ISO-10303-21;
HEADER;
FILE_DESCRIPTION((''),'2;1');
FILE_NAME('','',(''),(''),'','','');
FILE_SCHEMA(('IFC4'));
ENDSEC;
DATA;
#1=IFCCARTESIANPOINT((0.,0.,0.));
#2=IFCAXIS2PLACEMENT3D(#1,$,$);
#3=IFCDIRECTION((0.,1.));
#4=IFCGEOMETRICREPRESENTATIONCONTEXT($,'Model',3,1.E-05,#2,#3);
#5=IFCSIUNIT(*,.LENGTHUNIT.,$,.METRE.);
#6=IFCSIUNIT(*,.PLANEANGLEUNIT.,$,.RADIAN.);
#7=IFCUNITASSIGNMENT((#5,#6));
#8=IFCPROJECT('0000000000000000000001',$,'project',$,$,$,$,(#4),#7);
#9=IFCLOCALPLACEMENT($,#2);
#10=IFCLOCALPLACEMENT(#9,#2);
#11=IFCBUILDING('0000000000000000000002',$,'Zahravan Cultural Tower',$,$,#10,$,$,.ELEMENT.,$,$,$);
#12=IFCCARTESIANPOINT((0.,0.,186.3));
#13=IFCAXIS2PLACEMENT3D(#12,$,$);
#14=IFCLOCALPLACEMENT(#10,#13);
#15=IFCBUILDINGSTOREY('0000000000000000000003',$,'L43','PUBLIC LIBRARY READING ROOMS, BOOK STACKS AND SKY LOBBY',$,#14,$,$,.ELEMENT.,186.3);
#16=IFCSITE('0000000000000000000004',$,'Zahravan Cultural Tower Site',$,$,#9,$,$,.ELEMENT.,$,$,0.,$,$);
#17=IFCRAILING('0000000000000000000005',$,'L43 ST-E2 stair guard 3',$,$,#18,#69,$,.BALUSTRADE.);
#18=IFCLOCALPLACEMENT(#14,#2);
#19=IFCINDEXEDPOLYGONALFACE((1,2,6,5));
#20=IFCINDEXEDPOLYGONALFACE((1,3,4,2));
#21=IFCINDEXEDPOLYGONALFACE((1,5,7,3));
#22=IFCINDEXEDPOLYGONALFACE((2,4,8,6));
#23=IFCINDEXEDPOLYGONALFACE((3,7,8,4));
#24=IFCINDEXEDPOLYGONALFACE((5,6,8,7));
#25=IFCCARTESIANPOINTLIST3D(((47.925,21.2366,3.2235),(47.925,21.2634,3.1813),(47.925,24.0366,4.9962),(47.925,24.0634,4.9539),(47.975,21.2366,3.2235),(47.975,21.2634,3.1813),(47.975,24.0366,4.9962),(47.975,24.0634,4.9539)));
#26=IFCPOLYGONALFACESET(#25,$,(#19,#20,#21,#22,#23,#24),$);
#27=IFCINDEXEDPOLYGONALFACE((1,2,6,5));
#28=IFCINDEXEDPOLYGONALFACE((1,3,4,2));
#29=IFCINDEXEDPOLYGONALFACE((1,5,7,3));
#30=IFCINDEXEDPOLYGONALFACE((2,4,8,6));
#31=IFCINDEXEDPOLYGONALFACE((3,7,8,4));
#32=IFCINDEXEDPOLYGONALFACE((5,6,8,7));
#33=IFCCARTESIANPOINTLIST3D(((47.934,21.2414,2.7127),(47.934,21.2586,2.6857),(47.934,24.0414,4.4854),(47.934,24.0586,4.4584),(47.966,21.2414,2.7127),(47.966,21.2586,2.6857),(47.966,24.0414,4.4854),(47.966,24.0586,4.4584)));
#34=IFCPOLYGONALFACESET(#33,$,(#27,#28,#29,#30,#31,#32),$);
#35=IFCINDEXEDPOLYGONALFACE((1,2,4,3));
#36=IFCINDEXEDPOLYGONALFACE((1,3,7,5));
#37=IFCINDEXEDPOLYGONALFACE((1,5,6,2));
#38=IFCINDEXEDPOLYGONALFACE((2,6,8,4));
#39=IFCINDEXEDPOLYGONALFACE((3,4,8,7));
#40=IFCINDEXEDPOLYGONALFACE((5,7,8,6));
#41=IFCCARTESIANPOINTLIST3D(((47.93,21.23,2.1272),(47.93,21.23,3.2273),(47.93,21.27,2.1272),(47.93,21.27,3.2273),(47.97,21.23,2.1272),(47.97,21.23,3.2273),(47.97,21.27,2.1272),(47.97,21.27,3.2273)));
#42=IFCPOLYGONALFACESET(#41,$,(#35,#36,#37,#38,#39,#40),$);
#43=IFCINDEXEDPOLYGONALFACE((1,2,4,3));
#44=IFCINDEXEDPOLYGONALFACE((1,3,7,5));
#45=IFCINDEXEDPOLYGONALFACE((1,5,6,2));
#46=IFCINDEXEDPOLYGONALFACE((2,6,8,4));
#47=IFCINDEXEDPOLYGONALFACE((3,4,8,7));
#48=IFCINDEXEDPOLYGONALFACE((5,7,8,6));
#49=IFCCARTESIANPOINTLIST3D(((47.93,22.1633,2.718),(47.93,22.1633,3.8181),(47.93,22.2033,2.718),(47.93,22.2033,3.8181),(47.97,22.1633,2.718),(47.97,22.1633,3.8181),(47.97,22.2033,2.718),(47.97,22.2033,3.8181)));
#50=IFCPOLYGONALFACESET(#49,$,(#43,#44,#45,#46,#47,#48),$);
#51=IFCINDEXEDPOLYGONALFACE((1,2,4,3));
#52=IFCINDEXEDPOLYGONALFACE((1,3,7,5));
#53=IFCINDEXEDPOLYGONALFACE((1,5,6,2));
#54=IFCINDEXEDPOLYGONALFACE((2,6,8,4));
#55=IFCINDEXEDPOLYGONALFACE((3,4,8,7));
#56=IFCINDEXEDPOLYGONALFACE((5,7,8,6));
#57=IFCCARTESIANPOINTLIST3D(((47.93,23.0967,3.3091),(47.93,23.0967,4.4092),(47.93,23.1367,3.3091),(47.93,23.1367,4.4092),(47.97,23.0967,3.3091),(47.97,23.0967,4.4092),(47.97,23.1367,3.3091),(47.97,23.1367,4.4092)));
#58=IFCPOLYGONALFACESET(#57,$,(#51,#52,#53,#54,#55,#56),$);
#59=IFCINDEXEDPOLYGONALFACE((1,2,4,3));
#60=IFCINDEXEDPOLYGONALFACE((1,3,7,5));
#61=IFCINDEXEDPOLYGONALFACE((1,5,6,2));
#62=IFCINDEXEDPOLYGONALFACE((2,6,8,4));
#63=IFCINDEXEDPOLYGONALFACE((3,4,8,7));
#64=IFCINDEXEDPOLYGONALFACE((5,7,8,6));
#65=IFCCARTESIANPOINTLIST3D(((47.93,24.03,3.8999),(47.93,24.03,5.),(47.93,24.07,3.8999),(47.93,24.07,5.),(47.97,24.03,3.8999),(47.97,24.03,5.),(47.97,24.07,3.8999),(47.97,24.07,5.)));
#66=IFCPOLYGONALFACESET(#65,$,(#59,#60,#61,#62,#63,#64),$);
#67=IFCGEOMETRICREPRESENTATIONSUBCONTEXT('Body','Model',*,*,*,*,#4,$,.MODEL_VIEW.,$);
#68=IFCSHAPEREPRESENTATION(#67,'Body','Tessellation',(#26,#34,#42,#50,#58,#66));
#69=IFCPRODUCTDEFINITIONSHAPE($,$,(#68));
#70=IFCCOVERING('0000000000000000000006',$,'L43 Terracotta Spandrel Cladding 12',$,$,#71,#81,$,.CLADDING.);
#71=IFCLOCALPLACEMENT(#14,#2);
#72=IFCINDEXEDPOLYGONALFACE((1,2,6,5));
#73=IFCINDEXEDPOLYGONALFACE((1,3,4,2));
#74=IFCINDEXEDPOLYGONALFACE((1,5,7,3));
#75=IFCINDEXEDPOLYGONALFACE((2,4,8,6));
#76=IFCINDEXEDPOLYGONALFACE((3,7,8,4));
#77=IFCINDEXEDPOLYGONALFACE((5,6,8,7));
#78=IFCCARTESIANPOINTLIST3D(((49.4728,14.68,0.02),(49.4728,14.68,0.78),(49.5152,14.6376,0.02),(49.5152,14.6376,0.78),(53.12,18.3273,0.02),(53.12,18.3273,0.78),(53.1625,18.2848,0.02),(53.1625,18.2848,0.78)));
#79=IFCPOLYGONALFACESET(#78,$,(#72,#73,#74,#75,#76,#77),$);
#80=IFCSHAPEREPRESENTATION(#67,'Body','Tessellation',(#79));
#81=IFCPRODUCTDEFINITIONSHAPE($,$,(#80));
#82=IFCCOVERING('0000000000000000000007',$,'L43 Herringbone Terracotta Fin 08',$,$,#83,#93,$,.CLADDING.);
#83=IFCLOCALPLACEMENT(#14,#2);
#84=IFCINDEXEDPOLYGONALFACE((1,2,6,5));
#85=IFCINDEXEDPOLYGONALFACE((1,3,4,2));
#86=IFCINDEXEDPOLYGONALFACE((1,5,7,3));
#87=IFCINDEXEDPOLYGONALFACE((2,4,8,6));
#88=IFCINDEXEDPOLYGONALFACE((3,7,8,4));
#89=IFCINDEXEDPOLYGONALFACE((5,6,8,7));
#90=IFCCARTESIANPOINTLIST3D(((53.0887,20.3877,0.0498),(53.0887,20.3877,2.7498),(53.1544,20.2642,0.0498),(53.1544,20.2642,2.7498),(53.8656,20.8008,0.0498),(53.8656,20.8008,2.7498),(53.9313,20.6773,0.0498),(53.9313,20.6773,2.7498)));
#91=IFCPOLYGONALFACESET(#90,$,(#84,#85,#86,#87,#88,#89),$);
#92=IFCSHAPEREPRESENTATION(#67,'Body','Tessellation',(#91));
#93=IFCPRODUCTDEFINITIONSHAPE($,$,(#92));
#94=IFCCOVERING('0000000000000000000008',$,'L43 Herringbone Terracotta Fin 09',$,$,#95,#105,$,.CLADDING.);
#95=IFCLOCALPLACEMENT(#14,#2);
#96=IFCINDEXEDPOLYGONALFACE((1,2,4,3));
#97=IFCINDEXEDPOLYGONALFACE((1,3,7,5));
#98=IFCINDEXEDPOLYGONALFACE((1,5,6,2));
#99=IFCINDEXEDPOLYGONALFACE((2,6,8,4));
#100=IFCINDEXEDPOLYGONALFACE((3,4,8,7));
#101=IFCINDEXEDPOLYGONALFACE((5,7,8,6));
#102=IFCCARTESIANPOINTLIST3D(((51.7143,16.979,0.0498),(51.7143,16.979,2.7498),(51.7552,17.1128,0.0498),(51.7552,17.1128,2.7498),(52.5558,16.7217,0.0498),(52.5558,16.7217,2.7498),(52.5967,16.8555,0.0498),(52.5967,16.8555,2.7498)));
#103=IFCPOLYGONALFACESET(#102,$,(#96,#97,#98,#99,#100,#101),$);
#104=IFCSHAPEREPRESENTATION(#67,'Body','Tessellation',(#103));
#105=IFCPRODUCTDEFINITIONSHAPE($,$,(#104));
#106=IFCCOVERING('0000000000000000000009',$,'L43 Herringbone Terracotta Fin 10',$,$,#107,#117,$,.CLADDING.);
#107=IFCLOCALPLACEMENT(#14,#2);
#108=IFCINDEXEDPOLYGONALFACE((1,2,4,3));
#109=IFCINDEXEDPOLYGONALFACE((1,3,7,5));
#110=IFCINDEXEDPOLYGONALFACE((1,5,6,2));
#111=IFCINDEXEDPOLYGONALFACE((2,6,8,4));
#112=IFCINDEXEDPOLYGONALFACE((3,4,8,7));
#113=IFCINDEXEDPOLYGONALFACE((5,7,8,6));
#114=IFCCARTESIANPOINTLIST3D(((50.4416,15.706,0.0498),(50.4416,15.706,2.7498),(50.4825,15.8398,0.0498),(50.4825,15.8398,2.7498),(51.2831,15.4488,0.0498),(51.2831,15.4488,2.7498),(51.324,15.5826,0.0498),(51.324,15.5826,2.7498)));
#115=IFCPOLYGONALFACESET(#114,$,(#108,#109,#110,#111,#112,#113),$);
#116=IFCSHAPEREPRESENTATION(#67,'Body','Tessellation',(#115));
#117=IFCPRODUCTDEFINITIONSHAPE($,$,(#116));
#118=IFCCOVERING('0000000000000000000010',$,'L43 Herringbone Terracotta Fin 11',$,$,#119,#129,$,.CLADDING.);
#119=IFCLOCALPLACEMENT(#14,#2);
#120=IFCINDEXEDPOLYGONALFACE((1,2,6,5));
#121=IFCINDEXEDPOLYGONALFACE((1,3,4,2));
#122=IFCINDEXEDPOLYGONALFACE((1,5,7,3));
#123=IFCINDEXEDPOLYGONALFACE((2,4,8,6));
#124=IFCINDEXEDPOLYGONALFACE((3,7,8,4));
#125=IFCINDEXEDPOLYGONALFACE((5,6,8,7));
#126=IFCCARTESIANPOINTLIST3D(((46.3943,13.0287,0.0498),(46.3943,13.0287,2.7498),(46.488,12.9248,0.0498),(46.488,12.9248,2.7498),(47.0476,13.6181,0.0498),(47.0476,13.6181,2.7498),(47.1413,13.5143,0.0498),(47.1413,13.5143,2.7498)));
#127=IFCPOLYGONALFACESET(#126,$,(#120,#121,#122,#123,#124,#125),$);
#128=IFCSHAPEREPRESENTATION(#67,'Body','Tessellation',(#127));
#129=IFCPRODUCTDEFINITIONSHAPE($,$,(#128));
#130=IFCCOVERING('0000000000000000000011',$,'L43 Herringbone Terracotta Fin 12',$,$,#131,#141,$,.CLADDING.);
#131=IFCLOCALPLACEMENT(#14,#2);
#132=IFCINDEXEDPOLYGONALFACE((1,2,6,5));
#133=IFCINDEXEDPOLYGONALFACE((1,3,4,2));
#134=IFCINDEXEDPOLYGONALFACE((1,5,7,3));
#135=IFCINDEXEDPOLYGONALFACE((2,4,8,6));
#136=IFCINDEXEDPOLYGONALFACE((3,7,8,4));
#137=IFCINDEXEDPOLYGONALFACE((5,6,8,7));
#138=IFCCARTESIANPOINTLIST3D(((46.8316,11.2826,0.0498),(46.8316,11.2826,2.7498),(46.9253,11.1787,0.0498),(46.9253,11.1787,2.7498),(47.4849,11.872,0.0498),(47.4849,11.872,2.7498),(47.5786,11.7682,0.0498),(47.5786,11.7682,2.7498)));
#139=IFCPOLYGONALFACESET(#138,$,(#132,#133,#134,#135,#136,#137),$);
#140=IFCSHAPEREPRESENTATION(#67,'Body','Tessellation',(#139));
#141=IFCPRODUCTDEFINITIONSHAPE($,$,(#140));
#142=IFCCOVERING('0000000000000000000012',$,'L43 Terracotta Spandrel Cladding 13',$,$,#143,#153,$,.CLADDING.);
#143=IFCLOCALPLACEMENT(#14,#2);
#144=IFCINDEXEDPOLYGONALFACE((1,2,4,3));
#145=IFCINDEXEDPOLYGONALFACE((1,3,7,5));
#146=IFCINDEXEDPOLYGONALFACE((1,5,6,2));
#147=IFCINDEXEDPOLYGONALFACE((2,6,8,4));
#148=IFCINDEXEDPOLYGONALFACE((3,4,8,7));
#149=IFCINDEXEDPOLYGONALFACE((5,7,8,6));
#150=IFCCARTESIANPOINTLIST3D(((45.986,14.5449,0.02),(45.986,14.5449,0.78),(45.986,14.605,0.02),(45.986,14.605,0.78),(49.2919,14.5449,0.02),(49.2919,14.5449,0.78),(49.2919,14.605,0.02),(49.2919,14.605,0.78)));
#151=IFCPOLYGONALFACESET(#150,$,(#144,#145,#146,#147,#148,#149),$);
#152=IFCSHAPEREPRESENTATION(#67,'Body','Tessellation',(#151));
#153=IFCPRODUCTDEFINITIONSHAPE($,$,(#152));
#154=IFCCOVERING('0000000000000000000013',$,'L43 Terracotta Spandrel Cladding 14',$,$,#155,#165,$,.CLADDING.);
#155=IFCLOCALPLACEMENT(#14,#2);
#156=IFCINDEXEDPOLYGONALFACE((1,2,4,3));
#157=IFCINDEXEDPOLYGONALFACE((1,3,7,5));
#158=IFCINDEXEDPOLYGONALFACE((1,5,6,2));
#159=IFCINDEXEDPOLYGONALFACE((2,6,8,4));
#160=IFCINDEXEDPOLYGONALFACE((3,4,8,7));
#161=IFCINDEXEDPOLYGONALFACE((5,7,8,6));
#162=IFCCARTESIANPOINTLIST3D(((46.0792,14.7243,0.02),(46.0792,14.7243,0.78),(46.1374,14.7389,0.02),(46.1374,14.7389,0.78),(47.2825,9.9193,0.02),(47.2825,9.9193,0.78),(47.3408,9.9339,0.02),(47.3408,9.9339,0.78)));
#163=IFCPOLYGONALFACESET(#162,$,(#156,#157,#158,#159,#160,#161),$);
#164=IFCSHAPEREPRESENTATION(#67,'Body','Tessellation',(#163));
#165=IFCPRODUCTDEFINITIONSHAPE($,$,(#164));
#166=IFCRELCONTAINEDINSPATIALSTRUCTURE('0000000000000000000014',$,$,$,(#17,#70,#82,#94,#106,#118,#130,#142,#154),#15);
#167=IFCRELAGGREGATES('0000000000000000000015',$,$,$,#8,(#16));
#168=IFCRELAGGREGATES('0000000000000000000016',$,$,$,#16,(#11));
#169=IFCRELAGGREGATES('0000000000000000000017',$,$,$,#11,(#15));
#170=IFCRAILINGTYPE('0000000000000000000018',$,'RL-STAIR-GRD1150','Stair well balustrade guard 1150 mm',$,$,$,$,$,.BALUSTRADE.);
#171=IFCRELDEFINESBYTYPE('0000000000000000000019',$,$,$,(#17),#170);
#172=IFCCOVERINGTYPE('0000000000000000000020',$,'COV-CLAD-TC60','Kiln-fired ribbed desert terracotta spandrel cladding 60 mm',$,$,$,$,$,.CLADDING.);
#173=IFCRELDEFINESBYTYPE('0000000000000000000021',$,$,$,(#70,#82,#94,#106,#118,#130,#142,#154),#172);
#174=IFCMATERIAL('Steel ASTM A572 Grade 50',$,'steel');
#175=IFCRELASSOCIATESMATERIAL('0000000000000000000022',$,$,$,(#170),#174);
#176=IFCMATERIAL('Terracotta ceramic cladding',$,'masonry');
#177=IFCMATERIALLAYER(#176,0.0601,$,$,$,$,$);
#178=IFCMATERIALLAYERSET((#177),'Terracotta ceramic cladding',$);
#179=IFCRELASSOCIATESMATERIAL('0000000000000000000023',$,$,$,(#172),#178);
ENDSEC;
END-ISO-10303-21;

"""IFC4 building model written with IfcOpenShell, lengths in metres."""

from ifc_helpers import new_model, si_unit, direction, frame, origin, origin_2d, place, context, subcontext, project, spatial, rectangle, extrude, source, transform, mapped, material, layer, layer_set, type_object, element, save


model = new_model("IFC4")

# Units and contexts
model_context = context("Model", 3, precision=1e-05, world=origin(), true_north=direction((0.0, 1.0)))
body_context = subcontext(model_context, "Body", "Model", "MODEL_VIEW")
ifc_project = project(units=[si_unit("LENGTHUNIT", "METRE"), si_unit("PLANEANGLEUNIT", "RADIAN")], contexts=[model_context])

# Site, building, storey
site_placement = place(None, origin())
site = spatial("IfcSite", under=ifc_project, at=site_placement, Name="Zahravan Cultural Tower Site", CompositionType="ELEMENT", RefElevation=0.0)
building_placement = place(site_placement, origin())
building = spatial("IfcBuilding", under=site, at=building_placement, Name="Zahravan Cultural Tower", CompositionType="ELEMENT")
storey_placement = place(building_placement, frame((0.0, 0.0, 186.3)))
storey = spatial("IfcBuildingStorey", under=building, at=storey_placement, Name="L43", Description="PUBLIC LIBRARY READING ROOMS, BOOK STACKS AND SKY LOBBY", CompositionType="ELEMENT", Elevation=186.3)

# Shared definitions
ifc_material_1 = material(Name="Steel ASTM A572 Grade 50", Category="steel")

# Railing
railing_type = type_object("IfcRailingType", Name="RL-STAIR-GRD1150", Description="Stair well balustrade guard 1150 mm", PredefinedType="BALUSTRADE", material=ifc_material_1)
railing_1_placement = place(storey_placement, frame((47.95, 21.25, 2.1272)))
element("IfcRailing", 1, at=railing_1_placement, inside=storey, type_object=railing_type, Name="L43 ST-E2 stair guard 3", PredefinedType="BALUSTRADE", context=body_context, shape_type="SweptSolid", body=[
    extrude(rectangle(XDim=0.05, YDim=0.05, at=origin_2d()), frame((0.0, 0.0, 1.0752), z_axis=(0.0, 0.844909, 0.53491), x_axis=(-1.0, 0.0, 0.0)), (0.0, 0.0, 1.0), 3.314),
    extrude(rectangle(XDim=0.032, YDim=0.032, at=origin_2d()), frame((0.0, 0.0, 0.572), z_axis=(0.0, 0.844909, 0.53491), x_axis=(-1.0, 0.0, 0.0)), (0.0, 0.0, 1.0), 3.314),
    extrude(rectangle(XDim=0.04, YDim=0.04, at=origin_2d()), origin(), (0.0, 0.0, 1.0), 1.1001),
    extrude(rectangle(XDim=0.04, YDim=0.04, at=origin_2d()), frame((0.0, 0.9333, 0.5908)), (0.0, 0.0, 1.0), 1.1001),
    extrude(rectangle(XDim=0.04, YDim=0.04, at=origin_2d()), frame((0.0, 1.8667, 1.1819)), (0.0, 0.0, 1.0), 1.1001),
    extrude(rectangle(XDim=0.04, YDim=0.04, at=origin_2d()), frame((0.0, 2.8, 1.7727)), (0.0, 0.0, 1.0), 1.1001),
])

# Coverings
ifc_material_2 = material(Name="Terracotta ceramic cladding", Category="masonry")
ifc_layer_1 = layer(ifc_material_2, 0.0601)
ifc_layer_set_1 = layer_set([ifc_layer_1], Name="Terracotta ceramic cladding")
covering_type = type_object("IfcCoveringType", Name="COV-CLAD-TC60", Description="Kiln-fired ribbed desert terracotta spandrel cladding 60 mm", PredefinedType="CLADDING", material=ifc_layer_set_1)
shared_shape_1 = source(origin(), body_context, "Body", "SweptSolid", [
    extrude(rectangle(XDim=5.158, YDim=0.0601, at=origin_2d()), origin(), (0.0, 0.0, 1.0), 0.76),
])
covering_1_placement = place(storey_placement, frame((51.3176, 16.4824, 0.02), z_axis=(0.0, 0.0, 1.0), x_axis=(-0.707107, -0.707107, 0.0)))
element("IfcCovering", 2, at=covering_1_placement, inside=storey, type_object=covering_type, Name="L43 Terracotta Spandrel Cladding 12", PredefinedType="CLADDING", context=body_context, shape_type="MappedRepresentation", body=[
    mapped(shared_shape_1, transform((0.0, 0.0, 0.0), x_axis=(1.0, 0.0, 0.0), y_axis=(0.0, 1.0, 0.0), z_axis=(0.0, 0.0, 1.0), scale=1.0)),
])
shared_shape_2 = source(origin(), body_context, "Body", "SweptSolid", [
    extrude(rectangle(XDim=0.8799, YDim=0.1399, at=origin_2d()), origin(), (0.0, 0.0, 1.0), 2.7),
])
for number, where, z_axis, x_axis, name in (
    (3, (53.51, 20.5325, 0.0498), (0.0, 0.0, 1.0), (0.882948, 0.469472, 0.0), "L43 Herringbone Terracotta Fin 08"),
    (4, (52.1555, 16.9172, 0.0498), (0.0, 0.0, 1.0), (0.956305, -0.292372, 0.0), "L43 Herringbone Terracotta Fin 09"),
    (5, (50.8828, 15.6443, 0.0498), (0.0, 0.0, 1.0), (0.956305, -0.292372, 0.0), "L43 Herringbone Terracotta Fin 10"),
    (6, (46.7678, 13.2715, 0.0498), (0.0, 0.0, 1.0), (0.742444, 0.669908, 0.0), "L43 Herringbone Terracotta Fin 11"),
    (7, (47.2051, 11.5254, 0.0498), (0.0, 0.0, 1.0), (0.742444, 0.669908, 0.0), "L43 Herringbone Terracotta Fin 12"),
):
    element("IfcCovering", number, at=place(storey_placement, frame(where, z_axis=z_axis, x_axis=x_axis)), inside=storey, type_object=covering_type, Name=name, PredefinedType="CLADDING", context=body_context, shape_type="MappedRepresentation", body=[
        mapped(shared_shape_2, transform((0.0, 0.0, 0.0), x_axis=(1.0, 0.0, 0.0), y_axis=(0.0, 1.0, 0.0), z_axis=(0.0, 0.0, 1.0), scale=1.0)),
    ])
shared_shape_3 = source(origin(), body_context, "Body", "SweptSolid", [
    extrude(rectangle(XDim=3.3059, YDim=0.0601, at=origin_2d()), origin(), (0.0, 0.0, 1.0), 0.76),
])
covering_2_placement = place(storey_placement, frame((47.6389, 14.575, 0.02), z_axis=(0.0, 0.0, 1.0), x_axis=(-1.0, 0.0, 0.0)))
element("IfcCovering", 8, at=covering_2_placement, inside=storey, type_object=covering_type, Name="L43 Terracotta Spandrel Cladding 13", PredefinedType="CLADDING", context=body_context, shape_type="MappedRepresentation", body=[
    mapped(shared_shape_3, transform((0.0, 0.0, 0.0), x_axis=(1.0, 0.0, 0.0), y_axis=(0.0, 1.0, 0.0), z_axis=(0.0, 0.0, 1.0), scale=1.0)),
])
shared_shape_4 = source(origin(), body_context, "Body", "SweptSolid", [
    extrude(rectangle(XDim=4.9534, YDim=0.0601, at=origin_2d()), origin(), (0.0, 0.0, 1.0), 0.76),
])
covering_3_placement = place(storey_placement, frame((46.71, 12.3291, 0.02), z_axis=(0.0, 0.0, 1.0), x_axis=(0.242938, -0.970042, 0.0)))
element("IfcCovering", 9, at=covering_3_placement, inside=storey, type_object=covering_type, Name="L43 Terracotta Spandrel Cladding 14", PredefinedType="CLADDING", context=body_context, shape_type="MappedRepresentation", body=[
    mapped(shared_shape_4, transform((0.0, 0.0, 0.0), x_axis=(1.0, 0.0, 0.0), y_axis=(0.0, 1.0, 0.0), z_axis=(0.0, 0.0, 1.0), scale=1.0)),
])

save(model, "model.ifc")
